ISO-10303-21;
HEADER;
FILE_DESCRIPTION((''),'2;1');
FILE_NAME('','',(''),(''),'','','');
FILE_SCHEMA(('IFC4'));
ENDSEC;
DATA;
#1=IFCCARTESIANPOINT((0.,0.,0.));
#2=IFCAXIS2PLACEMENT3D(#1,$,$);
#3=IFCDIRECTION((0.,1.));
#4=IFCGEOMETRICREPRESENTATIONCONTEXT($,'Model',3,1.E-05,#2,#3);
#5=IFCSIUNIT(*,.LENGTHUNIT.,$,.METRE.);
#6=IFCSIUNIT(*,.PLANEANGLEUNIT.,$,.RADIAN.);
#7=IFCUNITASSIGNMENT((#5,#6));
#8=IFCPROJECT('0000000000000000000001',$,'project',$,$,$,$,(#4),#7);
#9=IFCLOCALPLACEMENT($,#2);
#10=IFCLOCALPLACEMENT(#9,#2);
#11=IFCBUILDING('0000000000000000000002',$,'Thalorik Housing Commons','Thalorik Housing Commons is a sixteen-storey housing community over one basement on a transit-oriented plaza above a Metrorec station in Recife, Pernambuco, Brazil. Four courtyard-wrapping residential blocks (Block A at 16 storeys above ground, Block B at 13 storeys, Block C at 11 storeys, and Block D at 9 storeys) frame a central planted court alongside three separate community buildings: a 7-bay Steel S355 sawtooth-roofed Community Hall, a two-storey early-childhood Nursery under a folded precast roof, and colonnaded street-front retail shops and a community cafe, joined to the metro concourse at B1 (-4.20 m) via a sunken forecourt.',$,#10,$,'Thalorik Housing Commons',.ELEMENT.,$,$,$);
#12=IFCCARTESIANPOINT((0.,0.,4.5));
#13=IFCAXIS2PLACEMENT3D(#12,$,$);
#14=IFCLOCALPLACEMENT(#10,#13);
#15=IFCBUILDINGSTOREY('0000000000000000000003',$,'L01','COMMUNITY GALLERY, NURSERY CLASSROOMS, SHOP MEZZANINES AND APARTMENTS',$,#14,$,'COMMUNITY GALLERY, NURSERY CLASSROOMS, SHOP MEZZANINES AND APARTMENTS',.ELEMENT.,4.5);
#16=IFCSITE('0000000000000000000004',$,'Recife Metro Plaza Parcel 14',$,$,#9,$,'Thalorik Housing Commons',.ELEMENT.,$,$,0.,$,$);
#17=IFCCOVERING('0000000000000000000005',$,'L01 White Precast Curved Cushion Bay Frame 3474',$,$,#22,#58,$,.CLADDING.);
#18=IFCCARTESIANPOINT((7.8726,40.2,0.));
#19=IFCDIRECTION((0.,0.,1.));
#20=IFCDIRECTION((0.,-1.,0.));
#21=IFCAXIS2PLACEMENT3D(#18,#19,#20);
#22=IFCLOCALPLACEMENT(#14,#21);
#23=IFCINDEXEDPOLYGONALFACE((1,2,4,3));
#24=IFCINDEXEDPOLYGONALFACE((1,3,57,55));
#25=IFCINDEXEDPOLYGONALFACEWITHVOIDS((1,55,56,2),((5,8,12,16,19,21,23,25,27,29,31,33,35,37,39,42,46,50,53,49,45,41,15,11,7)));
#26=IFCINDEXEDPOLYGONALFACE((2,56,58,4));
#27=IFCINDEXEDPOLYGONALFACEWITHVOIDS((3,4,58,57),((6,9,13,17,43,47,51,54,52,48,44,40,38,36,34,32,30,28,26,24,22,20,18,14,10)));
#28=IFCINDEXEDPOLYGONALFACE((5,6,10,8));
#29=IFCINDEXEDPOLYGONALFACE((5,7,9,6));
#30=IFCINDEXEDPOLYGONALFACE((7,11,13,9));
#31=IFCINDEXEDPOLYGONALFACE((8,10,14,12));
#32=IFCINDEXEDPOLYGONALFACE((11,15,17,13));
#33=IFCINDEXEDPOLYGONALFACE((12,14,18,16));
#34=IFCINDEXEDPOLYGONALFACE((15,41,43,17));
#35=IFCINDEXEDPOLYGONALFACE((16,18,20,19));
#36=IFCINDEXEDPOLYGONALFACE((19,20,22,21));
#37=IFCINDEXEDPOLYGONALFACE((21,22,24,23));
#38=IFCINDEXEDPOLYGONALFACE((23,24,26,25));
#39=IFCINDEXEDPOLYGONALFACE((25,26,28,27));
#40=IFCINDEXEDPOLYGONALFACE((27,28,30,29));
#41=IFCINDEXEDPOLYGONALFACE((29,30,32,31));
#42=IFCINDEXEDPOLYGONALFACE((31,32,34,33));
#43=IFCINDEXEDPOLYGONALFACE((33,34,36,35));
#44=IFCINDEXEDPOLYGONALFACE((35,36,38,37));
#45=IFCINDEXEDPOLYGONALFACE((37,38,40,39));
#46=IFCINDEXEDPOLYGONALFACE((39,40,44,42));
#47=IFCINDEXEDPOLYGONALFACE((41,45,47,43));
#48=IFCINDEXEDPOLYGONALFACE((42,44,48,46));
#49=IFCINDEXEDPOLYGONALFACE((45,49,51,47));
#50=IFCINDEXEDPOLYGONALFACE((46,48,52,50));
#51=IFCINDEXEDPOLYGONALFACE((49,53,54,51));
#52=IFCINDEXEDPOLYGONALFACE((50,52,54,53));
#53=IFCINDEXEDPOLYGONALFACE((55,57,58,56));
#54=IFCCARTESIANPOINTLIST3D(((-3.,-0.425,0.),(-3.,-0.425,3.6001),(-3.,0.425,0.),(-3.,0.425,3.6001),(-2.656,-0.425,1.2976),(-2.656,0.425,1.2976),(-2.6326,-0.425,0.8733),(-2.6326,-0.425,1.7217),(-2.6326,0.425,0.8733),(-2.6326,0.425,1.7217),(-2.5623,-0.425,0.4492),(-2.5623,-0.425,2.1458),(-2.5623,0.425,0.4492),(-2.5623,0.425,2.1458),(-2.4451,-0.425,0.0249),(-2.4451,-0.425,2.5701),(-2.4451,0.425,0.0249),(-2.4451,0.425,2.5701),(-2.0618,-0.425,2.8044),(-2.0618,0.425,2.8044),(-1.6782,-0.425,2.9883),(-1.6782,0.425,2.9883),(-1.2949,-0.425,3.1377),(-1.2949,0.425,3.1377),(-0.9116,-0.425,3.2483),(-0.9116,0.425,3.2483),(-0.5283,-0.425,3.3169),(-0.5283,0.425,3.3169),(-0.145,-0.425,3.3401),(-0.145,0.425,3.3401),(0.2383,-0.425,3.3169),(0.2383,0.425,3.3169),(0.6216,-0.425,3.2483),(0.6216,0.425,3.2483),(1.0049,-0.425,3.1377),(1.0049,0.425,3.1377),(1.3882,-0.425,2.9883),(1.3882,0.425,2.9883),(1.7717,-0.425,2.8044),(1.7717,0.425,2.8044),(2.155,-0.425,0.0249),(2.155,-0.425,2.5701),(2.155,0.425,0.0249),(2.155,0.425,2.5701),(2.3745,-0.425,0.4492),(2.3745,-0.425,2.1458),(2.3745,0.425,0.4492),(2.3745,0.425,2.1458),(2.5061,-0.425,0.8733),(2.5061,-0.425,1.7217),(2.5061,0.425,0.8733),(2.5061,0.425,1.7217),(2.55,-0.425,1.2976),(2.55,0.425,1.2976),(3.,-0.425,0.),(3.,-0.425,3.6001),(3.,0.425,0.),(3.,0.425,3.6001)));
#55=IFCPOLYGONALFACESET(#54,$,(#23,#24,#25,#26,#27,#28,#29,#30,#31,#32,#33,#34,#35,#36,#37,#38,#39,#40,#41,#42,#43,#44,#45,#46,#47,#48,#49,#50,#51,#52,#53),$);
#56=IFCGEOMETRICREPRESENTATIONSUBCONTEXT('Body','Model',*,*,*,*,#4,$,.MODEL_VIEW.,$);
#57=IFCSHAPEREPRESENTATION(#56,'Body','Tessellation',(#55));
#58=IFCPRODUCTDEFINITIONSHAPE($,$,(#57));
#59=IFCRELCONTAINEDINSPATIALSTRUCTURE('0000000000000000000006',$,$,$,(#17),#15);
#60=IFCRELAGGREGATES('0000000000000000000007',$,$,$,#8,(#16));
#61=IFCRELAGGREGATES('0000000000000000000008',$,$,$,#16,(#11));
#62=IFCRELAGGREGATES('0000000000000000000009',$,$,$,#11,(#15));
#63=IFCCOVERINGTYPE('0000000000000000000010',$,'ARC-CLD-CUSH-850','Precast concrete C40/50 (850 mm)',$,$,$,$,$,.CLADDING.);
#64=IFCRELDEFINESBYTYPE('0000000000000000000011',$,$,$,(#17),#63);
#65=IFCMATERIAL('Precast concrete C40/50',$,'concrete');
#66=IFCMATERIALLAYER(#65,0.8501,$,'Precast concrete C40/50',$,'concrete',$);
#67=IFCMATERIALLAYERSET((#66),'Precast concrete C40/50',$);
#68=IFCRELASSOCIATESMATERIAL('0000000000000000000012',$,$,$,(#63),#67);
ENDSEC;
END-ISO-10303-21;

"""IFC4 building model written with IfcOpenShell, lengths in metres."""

from ifc_helpers import new_model, si_unit, direction, frame, origin, place, context, subcontext, project, spatial, polyline, outline, extrude, material, layer, layer_set, type_object, element, save


model = new_model("IFC4")

# Units and contexts
model_context = context("Model", 3, precision=1e-05, world=origin(), true_north=direction((0.0, 1.0)))
body_context = subcontext(model_context, "Body", "Model", "MODEL_VIEW")
ifc_project = project(units=[si_unit("LENGTHUNIT", "METRE"), si_unit("PLANEANGLEUNIT", "RADIAN")], contexts=[model_context])

# Site, building, storey
site_placement = place(None, origin())
site = spatial("IfcSite", under=ifc_project, at=site_placement, Name="Recife Metro Plaza Parcel 14", LongName="Thalorik Housing Commons", CompositionType="ELEMENT", RefElevation=0.0)
building_placement = place(site_placement, origin())
building = spatial("IfcBuilding", under=site, at=building_placement, Name="Thalorik Housing Commons", Description="Thalorik Housing Commons is a sixteen-storey housing community over one basement on a transit-oriented plaza above a Metrorec station in Recife, Pernambuco, Brazil. Four courtyard-wrapping residential blocks (Block A at 16 storeys above ground, Block B at 13 storeys, Block C at 11 storeys, and Block D at 9 storeys) frame a central planted court alongside three separate community buildings: a 7-bay Steel S355 sawtooth-roofed Community Hall, a two-storey early-childhood Nursery under a folded precast roof, and colonnaded street-front retail shops and a community cafe, joined to the metro concourse at B1 (-4.20 m) via a sunken forecourt.", LongName="Thalorik Housing Commons", CompositionType="ELEMENT")
storey_placement = place(building_placement, frame((0.0, 0.0, 4.5)))
storey = spatial("IfcBuildingStorey", under=building, at=storey_placement, Name="L01", Description="COMMUNITY GALLERY, NURSERY CLASSROOMS, SHOP MEZZANINES AND APARTMENTS", LongName="COMMUNITY GALLERY, NURSERY CLASSROOMS, SHOP MEZZANINES AND APARTMENTS", CompositionType="ELEMENT", Elevation=4.5)

# Shared definitions
ifc_material_1 = material(Name="Precast concrete C40/50", Category="concrete")

# Covering
ifc_layer_1 = layer(ifc_material_1, 0.8501, Name="Precast concrete C40/50", Category="concrete")
ifc_layer_set_1 = layer_set([ifc_layer_1], Name="Precast concrete C40/50")
covering_type_1 = type_object("IfcCoveringType", Name="ARC-CLD-CUSH-850", Description="Precast concrete C40/50 (850 mm)", PredefinedType="CLADDING", material=ifc_layer_set_1)
covering_1_placement = place(storey_placement, frame((7.8726, 40.2, 0.0), z_axis=(0.0, 0.0, 1.0), x_axis=(0.0, -1.0, 0.0)))
element("IfcCovering", 1, at=covering_1_placement, inside=storey, type_object=covering_type_1, Name="L01 White Precast Curved Cushion Bay Frame 3474", PredefinedType="CLADDING", context=body_context, shape_type="SweptSolid", body=[
    extrude(outline(polyline([(-3.0, 0.0), (3.0, 0.0), (3.0, 3.6001), (-3.0, 3.6001), (-3.0, 0.0)]), holes=[polyline([(2.155, 0.0249), (2.3745, 0.4492), (2.5061, 0.8733), (2.55, 1.2976), (2.5061, 1.7217), (2.3745, 2.1458), (2.155, 2.5701), (1.7717, 2.8044), (1.3882, 2.9883), (1.0049, 3.1377), (0.6216, 3.2483), (0.2383, 3.3169), (-0.145, 3.3401), (-0.5283, 3.3169), (-0.9116, 3.2483), (-1.2949, 3.1377), (-1.6782, 2.9883), (-2.0618, 2.8044), (-2.4451, 2.5701), (-2.5623, 2.1458), (-2.6326, 1.7217), (-2.656, 1.2976), (-2.6326, 0.8733), (-2.5623, 0.4492), (-2.4451, 0.0249), (2.155, 0.0249)])]), frame((0.0, 0.425, 0.0), z_axis=(0.0, -1.0, 0.0), x_axis=(1.0, 0.0, 0.0)), (0.0, 0.0, 1.0), 0.8501),
])

save(model, "model.ifc")
